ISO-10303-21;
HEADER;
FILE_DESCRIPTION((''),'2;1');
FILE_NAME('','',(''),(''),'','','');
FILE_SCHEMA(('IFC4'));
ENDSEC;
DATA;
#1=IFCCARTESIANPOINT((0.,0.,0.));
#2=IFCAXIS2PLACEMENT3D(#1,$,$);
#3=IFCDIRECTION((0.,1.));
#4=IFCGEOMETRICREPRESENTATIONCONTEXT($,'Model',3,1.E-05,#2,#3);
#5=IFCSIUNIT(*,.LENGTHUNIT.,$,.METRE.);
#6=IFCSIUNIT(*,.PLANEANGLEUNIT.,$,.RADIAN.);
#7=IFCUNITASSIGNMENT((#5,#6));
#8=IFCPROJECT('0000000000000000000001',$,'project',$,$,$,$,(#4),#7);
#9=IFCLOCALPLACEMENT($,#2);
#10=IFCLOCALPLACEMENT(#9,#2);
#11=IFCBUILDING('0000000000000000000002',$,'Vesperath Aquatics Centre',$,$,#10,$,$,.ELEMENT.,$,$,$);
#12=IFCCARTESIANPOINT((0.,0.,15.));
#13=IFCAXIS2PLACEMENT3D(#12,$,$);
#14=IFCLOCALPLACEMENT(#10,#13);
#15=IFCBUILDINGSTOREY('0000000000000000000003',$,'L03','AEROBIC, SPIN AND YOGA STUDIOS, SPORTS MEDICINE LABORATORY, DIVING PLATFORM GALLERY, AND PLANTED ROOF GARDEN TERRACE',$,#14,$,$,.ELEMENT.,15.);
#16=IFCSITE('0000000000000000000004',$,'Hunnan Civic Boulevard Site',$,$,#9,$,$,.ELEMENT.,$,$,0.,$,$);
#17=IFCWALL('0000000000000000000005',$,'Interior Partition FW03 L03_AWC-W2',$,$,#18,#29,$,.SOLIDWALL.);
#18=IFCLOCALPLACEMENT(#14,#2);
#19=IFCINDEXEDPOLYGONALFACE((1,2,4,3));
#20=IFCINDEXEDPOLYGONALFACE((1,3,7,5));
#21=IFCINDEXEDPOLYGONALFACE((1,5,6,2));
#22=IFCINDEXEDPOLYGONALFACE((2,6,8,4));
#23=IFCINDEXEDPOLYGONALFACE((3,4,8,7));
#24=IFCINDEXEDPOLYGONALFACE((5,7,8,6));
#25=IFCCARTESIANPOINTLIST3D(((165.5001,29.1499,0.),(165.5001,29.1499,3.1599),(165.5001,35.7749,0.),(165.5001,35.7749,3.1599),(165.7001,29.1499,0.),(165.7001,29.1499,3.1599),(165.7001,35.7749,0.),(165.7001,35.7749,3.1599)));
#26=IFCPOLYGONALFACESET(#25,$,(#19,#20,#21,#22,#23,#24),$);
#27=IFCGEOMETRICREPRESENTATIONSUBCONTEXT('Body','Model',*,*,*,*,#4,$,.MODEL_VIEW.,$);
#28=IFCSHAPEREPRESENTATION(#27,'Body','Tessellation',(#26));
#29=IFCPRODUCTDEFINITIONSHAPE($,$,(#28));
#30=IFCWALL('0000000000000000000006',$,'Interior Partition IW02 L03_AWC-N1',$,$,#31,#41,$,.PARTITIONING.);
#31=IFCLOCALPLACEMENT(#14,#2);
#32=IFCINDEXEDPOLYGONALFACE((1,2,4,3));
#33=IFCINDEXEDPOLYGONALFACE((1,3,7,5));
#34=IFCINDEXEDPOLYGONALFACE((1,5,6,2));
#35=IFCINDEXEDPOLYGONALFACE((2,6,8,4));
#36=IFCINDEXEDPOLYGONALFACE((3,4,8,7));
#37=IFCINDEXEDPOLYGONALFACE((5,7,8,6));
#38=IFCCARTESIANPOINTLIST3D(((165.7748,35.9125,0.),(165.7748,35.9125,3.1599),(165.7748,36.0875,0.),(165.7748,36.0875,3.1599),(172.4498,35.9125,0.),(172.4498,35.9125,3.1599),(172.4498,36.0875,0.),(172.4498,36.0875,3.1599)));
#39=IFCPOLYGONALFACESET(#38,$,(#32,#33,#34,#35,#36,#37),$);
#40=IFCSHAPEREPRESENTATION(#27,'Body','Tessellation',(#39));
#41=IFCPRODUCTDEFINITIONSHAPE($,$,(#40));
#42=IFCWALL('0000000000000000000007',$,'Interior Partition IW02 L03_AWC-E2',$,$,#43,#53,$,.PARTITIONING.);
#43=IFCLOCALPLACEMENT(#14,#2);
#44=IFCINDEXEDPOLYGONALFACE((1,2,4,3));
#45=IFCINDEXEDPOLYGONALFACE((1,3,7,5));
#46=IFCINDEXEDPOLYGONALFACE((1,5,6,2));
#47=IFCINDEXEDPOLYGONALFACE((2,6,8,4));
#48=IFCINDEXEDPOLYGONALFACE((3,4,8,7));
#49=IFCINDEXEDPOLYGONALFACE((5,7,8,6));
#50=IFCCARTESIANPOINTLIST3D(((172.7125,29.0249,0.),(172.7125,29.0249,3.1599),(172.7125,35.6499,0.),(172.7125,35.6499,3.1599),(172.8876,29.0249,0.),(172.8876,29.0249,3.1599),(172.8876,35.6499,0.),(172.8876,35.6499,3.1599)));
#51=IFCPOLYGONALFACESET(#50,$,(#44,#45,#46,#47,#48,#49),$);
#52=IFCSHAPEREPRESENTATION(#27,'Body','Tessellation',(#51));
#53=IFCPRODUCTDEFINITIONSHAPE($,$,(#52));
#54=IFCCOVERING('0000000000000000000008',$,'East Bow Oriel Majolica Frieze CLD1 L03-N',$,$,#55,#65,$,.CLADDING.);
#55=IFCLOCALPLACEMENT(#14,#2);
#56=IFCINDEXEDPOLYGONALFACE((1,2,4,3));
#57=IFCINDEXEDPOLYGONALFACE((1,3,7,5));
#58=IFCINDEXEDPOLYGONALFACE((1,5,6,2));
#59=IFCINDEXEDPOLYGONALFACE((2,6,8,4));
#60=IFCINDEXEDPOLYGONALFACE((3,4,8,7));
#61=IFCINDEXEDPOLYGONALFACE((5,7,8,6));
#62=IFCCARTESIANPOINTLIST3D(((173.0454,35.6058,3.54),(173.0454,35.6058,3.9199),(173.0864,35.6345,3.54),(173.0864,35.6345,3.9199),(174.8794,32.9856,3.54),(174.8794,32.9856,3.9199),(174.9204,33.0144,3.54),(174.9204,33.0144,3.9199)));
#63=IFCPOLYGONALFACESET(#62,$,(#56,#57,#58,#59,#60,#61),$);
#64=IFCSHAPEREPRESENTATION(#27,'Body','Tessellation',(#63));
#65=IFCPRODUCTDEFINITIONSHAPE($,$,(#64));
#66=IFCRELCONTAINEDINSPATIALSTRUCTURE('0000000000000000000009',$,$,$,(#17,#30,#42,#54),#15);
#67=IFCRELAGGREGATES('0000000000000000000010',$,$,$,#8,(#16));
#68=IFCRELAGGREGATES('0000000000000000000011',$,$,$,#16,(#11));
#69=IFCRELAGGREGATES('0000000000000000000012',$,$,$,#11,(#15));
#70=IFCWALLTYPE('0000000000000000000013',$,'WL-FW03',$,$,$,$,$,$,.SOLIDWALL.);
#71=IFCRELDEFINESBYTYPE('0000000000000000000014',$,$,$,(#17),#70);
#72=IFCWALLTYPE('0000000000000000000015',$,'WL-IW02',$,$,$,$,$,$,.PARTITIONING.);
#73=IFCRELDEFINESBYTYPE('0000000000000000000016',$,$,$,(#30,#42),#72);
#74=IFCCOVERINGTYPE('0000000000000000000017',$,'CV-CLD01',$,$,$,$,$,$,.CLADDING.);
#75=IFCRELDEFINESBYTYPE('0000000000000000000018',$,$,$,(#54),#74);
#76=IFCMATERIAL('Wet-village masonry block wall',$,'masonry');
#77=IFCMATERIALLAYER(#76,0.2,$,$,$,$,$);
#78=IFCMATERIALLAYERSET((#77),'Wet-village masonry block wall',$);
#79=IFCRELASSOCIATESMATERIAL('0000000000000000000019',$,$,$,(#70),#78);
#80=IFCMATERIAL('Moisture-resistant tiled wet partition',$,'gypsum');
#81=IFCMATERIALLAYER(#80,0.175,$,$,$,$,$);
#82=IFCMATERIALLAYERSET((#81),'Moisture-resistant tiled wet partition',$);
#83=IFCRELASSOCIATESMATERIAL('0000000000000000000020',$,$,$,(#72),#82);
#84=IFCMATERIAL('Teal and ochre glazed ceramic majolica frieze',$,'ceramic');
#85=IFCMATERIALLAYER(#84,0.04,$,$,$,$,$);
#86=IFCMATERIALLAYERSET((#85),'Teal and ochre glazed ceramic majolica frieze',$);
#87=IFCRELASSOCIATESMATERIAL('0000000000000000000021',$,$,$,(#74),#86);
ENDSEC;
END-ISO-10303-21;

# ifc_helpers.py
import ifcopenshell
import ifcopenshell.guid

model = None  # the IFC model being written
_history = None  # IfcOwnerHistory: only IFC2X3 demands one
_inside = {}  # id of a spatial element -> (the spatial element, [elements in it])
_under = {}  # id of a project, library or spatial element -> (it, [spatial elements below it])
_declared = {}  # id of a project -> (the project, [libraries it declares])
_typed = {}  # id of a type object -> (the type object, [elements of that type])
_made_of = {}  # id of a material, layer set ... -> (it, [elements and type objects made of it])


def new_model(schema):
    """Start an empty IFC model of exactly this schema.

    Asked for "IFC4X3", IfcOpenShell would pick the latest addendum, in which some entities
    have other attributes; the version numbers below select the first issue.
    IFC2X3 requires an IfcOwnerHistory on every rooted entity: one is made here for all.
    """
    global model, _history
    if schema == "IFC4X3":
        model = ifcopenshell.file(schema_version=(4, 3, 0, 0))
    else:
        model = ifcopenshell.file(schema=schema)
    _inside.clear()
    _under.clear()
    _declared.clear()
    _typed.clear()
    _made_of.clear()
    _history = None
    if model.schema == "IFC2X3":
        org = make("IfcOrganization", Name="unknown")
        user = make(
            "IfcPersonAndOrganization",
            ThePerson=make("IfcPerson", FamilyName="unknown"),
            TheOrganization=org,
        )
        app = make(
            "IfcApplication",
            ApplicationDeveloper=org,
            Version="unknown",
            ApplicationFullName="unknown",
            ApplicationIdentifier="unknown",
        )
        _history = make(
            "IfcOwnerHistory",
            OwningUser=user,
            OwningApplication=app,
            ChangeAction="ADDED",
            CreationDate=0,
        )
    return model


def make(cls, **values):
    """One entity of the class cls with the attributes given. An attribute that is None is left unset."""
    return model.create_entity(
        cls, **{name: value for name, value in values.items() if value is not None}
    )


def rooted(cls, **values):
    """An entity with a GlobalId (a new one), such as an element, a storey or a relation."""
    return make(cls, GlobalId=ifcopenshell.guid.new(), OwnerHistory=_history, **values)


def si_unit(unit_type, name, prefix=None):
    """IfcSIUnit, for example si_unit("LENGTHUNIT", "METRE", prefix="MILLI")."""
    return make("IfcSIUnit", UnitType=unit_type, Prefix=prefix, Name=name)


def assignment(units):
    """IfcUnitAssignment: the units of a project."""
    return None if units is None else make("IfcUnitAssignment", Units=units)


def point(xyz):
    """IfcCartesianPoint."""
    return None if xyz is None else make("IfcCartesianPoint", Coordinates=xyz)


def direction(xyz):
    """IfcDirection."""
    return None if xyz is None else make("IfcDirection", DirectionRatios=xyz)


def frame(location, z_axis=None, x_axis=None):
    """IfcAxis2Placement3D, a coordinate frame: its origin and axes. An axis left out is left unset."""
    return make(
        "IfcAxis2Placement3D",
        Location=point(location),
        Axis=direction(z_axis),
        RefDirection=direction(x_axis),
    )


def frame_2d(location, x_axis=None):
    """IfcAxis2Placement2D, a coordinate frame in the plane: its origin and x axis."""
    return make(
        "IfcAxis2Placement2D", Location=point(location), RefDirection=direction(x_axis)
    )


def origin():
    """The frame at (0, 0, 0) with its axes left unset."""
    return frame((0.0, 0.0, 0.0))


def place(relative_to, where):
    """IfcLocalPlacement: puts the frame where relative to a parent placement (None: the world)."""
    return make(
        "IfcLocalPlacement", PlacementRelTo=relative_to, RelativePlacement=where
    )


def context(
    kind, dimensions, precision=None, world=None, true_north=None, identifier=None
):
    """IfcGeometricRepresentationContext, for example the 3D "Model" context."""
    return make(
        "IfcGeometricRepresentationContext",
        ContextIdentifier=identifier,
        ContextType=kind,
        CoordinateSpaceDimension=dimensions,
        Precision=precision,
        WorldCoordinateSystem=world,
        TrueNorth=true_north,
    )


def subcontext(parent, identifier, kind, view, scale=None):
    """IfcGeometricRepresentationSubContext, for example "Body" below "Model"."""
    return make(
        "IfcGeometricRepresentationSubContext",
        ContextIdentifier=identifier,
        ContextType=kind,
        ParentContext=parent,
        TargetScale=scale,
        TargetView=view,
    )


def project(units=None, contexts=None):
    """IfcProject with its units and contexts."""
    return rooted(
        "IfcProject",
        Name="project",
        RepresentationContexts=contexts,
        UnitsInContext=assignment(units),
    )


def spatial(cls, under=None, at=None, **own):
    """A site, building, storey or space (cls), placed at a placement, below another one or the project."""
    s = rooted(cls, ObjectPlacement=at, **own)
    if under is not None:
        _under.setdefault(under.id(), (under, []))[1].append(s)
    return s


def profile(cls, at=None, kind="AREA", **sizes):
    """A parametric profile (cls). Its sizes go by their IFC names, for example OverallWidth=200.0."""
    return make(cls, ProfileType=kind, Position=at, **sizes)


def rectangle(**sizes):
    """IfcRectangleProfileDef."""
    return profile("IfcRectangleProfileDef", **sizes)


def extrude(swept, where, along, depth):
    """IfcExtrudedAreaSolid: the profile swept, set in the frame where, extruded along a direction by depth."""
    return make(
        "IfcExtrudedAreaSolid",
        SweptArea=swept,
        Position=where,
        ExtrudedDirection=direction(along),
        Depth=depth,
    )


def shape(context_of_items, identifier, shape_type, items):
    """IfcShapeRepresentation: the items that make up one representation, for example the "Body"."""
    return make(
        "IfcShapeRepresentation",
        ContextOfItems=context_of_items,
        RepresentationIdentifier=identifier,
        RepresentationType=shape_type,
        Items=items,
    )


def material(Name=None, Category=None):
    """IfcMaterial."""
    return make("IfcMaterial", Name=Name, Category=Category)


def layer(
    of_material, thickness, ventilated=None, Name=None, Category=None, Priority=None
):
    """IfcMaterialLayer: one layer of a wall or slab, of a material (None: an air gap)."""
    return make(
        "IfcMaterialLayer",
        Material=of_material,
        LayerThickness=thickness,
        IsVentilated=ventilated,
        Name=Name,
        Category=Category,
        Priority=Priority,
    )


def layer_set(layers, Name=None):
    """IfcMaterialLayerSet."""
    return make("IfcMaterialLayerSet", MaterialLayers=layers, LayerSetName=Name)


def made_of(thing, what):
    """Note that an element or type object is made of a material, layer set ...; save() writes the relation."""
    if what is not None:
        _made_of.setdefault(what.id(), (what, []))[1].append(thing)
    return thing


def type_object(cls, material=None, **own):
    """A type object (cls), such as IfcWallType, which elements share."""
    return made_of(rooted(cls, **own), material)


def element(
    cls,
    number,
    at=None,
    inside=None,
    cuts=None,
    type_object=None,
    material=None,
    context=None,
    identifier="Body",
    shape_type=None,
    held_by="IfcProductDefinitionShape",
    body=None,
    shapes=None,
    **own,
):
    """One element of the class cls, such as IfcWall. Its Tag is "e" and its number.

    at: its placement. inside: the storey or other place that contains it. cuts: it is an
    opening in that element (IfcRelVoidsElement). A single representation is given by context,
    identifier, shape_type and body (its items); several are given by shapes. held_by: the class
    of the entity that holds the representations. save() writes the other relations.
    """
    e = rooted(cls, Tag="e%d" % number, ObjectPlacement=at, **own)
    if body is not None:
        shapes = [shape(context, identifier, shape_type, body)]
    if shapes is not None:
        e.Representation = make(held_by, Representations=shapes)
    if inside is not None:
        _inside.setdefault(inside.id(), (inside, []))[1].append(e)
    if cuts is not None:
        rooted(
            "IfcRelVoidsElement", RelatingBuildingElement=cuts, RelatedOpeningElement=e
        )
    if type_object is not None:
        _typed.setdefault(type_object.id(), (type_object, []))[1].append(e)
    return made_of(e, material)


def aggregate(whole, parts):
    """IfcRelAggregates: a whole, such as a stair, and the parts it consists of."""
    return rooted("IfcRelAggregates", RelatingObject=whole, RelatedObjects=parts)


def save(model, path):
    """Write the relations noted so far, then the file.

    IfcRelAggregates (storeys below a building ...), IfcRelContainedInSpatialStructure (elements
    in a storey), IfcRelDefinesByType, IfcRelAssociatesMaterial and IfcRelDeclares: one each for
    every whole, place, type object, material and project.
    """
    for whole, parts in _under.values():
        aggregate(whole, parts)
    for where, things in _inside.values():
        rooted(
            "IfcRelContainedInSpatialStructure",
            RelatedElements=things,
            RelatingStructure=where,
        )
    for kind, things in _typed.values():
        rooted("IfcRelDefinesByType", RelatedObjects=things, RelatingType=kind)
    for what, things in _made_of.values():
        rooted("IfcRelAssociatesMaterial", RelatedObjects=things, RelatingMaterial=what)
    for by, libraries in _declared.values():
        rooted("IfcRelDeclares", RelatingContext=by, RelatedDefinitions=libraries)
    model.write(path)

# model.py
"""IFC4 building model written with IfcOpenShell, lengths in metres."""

from ifc_helpers import new_model, si_unit, direction, frame, frame_2d, origin, place, context, subcontext, project, spatial, rectangle, extrude, material, layer, layer_set, type_object, element, save


model = new_model("IFC4")

# Units and contexts
model_context = context("Model", 3, precision=1e-05, world=origin(), true_north=direction((0.0, 1.0)))
body_context = subcontext(model_context, "Body", "Model", "MODEL_VIEW")
ifc_project = project(units=[si_unit("LENGTHUNIT", "METRE"), si_unit("PLANEANGLEUNIT", "RADIAN")], contexts=[model_context])

# Site, building, storey
site_placement = place(None, origin())
site = spatial("IfcSite", under=ifc_project, at=site_placement, Name="Hunnan Civic Boulevard Site", CompositionType="ELEMENT", RefElevation=0.0)
building_placement = place(site_placement, origin())
building = spatial("IfcBuilding", under=site, at=building_placement, Name="Vesperath Aquatics Centre", CompositionType="ELEMENT")
storey_placement = place(building_placement, frame((0.0, 0.0, 15.0)))
storey = spatial("IfcBuildingStorey", under=building, at=storey_placement, Name="L03", Description="AEROBIC, SPIN AND YOGA STUDIOS, SPORTS MEDICINE LABORATORY, DIVING PLATFORM GALLERY, AND PLANTED ROOF GARDEN TERRACE", CompositionType="ELEMENT", Elevation=15.0)

# Walls
ifc_material_1 = material(Name="Wet-village masonry block wall", Category="masonry")
ifc_layer_1 = layer(ifc_material_1, 0.2)
ifc_layer_set_1 = layer_set([ifc_layer_1], Name="Wet-village masonry block wall")
wall_type_1 = type_object("IfcWallType", Name="WL-FW03", PredefinedType="SOLIDWALL", material=ifc_layer_set_1)
wall_1_placement = place(storey_placement, frame((165.6001, 29.1499, 0.0), z_axis=(0.0, 0.0, 1.0), x_axis=(0.0, 1.0, 0.0)))
element("IfcWall", 1, at=wall_1_placement, inside=storey, type_object=wall_type_1, Name="Interior Partition FW03 L03_AWC-W2", PredefinedType="SOLIDWALL", context=body_context, shape_type="SweptSolid", body=[
    extrude(rectangle(XDim=6.625, YDim=0.2, at=frame_2d((3.3125, 0.0))), origin(), (0.0, 0.0, 1.0), 3.1599),
])
ifc_material_2 = material(Name="Moisture-resistant tiled wet partition", Category="gypsum")
ifc_layer_2 = layer(ifc_material_2, 0.175)
ifc_layer_set_2 = layer_set([ifc_layer_2], Name="Moisture-resistant tiled wet partition")
wall_type_2 = type_object("IfcWallType", Name="WL-IW02", PredefinedType="PARTITIONING", material=ifc_layer_set_2)
wall_2_placement = place(storey_placement, frame((165.7749, 36.0, 0.0), z_axis=(0.0, 0.0, 1.0), x_axis=(1.0, 0.0, 0.0)))
element("IfcWall", 2, at=wall_2_placement, inside=storey, type_object=wall_type_2, Name="Interior Partition IW02 L03_AWC-N1", PredefinedType="PARTITIONING", context=body_context, shape_type="SweptSolid", body=[
    extrude(rectangle(XDim=6.675, YDim=0.175, at=frame_2d((3.3374, 0.0))), origin(), (0.0, 0.0, 1.0), 3.1599),
])
wall_3_placement = place(storey_placement, frame((172.8, 29.0249, 0.0), z_axis=(0.0, 0.0, 1.0), x_axis=(0.0, 1.0, 0.0)))
element("IfcWall", 3, at=wall_3_placement, inside=storey, type_object=wall_type_2, Name="Interior Partition IW02 L03_AWC-E2", PredefinedType="PARTITIONING", context=body_context, shape_type="SweptSolid", body=[
    extrude(rectangle(XDim=6.625, YDim=0.175, at=frame_2d((3.3125, 0.0))), origin(), (0.0, 0.0, 1.0), 3.1599),
])

# Covering
ifc_material_3 = material(Name="Teal and ochre glazed ceramic majolica frieze", Category="ceramic")
ifc_layer_3 = layer(ifc_material_3, 0.04)
ifc_layer_set_3 = layer_set([ifc_layer_3], Name="Teal and ochre glazed ceramic majolica frieze")
covering_type = type_object("IfcCoveringType", Name="CV-CLD01", PredefinedType="CLADDING", material=ifc_layer_set_3)
covering_placement = place(storey_placement, frame((174.8999, 33.0, 3.54), z_axis=(0.0, 0.0, 1.0), x_axis=(-0.573442, 0.819246, 0.0)))
element("IfcCovering", 4, at=covering_placement, inside=storey, type_object=covering_type, Name="East Bow Oriel Majolica Frieze CLD1 L03-N", PredefinedType="CLADDING", context=body_context, shape_type="SweptSolid", body=[
    extrude(rectangle(XDim=3.1982, YDim=0.05, at=frame_2d((1.5991, 0.0))), origin(), (0.0, 0.0, 1.0), 0.3799),
])

save(model, "model.ifc")
